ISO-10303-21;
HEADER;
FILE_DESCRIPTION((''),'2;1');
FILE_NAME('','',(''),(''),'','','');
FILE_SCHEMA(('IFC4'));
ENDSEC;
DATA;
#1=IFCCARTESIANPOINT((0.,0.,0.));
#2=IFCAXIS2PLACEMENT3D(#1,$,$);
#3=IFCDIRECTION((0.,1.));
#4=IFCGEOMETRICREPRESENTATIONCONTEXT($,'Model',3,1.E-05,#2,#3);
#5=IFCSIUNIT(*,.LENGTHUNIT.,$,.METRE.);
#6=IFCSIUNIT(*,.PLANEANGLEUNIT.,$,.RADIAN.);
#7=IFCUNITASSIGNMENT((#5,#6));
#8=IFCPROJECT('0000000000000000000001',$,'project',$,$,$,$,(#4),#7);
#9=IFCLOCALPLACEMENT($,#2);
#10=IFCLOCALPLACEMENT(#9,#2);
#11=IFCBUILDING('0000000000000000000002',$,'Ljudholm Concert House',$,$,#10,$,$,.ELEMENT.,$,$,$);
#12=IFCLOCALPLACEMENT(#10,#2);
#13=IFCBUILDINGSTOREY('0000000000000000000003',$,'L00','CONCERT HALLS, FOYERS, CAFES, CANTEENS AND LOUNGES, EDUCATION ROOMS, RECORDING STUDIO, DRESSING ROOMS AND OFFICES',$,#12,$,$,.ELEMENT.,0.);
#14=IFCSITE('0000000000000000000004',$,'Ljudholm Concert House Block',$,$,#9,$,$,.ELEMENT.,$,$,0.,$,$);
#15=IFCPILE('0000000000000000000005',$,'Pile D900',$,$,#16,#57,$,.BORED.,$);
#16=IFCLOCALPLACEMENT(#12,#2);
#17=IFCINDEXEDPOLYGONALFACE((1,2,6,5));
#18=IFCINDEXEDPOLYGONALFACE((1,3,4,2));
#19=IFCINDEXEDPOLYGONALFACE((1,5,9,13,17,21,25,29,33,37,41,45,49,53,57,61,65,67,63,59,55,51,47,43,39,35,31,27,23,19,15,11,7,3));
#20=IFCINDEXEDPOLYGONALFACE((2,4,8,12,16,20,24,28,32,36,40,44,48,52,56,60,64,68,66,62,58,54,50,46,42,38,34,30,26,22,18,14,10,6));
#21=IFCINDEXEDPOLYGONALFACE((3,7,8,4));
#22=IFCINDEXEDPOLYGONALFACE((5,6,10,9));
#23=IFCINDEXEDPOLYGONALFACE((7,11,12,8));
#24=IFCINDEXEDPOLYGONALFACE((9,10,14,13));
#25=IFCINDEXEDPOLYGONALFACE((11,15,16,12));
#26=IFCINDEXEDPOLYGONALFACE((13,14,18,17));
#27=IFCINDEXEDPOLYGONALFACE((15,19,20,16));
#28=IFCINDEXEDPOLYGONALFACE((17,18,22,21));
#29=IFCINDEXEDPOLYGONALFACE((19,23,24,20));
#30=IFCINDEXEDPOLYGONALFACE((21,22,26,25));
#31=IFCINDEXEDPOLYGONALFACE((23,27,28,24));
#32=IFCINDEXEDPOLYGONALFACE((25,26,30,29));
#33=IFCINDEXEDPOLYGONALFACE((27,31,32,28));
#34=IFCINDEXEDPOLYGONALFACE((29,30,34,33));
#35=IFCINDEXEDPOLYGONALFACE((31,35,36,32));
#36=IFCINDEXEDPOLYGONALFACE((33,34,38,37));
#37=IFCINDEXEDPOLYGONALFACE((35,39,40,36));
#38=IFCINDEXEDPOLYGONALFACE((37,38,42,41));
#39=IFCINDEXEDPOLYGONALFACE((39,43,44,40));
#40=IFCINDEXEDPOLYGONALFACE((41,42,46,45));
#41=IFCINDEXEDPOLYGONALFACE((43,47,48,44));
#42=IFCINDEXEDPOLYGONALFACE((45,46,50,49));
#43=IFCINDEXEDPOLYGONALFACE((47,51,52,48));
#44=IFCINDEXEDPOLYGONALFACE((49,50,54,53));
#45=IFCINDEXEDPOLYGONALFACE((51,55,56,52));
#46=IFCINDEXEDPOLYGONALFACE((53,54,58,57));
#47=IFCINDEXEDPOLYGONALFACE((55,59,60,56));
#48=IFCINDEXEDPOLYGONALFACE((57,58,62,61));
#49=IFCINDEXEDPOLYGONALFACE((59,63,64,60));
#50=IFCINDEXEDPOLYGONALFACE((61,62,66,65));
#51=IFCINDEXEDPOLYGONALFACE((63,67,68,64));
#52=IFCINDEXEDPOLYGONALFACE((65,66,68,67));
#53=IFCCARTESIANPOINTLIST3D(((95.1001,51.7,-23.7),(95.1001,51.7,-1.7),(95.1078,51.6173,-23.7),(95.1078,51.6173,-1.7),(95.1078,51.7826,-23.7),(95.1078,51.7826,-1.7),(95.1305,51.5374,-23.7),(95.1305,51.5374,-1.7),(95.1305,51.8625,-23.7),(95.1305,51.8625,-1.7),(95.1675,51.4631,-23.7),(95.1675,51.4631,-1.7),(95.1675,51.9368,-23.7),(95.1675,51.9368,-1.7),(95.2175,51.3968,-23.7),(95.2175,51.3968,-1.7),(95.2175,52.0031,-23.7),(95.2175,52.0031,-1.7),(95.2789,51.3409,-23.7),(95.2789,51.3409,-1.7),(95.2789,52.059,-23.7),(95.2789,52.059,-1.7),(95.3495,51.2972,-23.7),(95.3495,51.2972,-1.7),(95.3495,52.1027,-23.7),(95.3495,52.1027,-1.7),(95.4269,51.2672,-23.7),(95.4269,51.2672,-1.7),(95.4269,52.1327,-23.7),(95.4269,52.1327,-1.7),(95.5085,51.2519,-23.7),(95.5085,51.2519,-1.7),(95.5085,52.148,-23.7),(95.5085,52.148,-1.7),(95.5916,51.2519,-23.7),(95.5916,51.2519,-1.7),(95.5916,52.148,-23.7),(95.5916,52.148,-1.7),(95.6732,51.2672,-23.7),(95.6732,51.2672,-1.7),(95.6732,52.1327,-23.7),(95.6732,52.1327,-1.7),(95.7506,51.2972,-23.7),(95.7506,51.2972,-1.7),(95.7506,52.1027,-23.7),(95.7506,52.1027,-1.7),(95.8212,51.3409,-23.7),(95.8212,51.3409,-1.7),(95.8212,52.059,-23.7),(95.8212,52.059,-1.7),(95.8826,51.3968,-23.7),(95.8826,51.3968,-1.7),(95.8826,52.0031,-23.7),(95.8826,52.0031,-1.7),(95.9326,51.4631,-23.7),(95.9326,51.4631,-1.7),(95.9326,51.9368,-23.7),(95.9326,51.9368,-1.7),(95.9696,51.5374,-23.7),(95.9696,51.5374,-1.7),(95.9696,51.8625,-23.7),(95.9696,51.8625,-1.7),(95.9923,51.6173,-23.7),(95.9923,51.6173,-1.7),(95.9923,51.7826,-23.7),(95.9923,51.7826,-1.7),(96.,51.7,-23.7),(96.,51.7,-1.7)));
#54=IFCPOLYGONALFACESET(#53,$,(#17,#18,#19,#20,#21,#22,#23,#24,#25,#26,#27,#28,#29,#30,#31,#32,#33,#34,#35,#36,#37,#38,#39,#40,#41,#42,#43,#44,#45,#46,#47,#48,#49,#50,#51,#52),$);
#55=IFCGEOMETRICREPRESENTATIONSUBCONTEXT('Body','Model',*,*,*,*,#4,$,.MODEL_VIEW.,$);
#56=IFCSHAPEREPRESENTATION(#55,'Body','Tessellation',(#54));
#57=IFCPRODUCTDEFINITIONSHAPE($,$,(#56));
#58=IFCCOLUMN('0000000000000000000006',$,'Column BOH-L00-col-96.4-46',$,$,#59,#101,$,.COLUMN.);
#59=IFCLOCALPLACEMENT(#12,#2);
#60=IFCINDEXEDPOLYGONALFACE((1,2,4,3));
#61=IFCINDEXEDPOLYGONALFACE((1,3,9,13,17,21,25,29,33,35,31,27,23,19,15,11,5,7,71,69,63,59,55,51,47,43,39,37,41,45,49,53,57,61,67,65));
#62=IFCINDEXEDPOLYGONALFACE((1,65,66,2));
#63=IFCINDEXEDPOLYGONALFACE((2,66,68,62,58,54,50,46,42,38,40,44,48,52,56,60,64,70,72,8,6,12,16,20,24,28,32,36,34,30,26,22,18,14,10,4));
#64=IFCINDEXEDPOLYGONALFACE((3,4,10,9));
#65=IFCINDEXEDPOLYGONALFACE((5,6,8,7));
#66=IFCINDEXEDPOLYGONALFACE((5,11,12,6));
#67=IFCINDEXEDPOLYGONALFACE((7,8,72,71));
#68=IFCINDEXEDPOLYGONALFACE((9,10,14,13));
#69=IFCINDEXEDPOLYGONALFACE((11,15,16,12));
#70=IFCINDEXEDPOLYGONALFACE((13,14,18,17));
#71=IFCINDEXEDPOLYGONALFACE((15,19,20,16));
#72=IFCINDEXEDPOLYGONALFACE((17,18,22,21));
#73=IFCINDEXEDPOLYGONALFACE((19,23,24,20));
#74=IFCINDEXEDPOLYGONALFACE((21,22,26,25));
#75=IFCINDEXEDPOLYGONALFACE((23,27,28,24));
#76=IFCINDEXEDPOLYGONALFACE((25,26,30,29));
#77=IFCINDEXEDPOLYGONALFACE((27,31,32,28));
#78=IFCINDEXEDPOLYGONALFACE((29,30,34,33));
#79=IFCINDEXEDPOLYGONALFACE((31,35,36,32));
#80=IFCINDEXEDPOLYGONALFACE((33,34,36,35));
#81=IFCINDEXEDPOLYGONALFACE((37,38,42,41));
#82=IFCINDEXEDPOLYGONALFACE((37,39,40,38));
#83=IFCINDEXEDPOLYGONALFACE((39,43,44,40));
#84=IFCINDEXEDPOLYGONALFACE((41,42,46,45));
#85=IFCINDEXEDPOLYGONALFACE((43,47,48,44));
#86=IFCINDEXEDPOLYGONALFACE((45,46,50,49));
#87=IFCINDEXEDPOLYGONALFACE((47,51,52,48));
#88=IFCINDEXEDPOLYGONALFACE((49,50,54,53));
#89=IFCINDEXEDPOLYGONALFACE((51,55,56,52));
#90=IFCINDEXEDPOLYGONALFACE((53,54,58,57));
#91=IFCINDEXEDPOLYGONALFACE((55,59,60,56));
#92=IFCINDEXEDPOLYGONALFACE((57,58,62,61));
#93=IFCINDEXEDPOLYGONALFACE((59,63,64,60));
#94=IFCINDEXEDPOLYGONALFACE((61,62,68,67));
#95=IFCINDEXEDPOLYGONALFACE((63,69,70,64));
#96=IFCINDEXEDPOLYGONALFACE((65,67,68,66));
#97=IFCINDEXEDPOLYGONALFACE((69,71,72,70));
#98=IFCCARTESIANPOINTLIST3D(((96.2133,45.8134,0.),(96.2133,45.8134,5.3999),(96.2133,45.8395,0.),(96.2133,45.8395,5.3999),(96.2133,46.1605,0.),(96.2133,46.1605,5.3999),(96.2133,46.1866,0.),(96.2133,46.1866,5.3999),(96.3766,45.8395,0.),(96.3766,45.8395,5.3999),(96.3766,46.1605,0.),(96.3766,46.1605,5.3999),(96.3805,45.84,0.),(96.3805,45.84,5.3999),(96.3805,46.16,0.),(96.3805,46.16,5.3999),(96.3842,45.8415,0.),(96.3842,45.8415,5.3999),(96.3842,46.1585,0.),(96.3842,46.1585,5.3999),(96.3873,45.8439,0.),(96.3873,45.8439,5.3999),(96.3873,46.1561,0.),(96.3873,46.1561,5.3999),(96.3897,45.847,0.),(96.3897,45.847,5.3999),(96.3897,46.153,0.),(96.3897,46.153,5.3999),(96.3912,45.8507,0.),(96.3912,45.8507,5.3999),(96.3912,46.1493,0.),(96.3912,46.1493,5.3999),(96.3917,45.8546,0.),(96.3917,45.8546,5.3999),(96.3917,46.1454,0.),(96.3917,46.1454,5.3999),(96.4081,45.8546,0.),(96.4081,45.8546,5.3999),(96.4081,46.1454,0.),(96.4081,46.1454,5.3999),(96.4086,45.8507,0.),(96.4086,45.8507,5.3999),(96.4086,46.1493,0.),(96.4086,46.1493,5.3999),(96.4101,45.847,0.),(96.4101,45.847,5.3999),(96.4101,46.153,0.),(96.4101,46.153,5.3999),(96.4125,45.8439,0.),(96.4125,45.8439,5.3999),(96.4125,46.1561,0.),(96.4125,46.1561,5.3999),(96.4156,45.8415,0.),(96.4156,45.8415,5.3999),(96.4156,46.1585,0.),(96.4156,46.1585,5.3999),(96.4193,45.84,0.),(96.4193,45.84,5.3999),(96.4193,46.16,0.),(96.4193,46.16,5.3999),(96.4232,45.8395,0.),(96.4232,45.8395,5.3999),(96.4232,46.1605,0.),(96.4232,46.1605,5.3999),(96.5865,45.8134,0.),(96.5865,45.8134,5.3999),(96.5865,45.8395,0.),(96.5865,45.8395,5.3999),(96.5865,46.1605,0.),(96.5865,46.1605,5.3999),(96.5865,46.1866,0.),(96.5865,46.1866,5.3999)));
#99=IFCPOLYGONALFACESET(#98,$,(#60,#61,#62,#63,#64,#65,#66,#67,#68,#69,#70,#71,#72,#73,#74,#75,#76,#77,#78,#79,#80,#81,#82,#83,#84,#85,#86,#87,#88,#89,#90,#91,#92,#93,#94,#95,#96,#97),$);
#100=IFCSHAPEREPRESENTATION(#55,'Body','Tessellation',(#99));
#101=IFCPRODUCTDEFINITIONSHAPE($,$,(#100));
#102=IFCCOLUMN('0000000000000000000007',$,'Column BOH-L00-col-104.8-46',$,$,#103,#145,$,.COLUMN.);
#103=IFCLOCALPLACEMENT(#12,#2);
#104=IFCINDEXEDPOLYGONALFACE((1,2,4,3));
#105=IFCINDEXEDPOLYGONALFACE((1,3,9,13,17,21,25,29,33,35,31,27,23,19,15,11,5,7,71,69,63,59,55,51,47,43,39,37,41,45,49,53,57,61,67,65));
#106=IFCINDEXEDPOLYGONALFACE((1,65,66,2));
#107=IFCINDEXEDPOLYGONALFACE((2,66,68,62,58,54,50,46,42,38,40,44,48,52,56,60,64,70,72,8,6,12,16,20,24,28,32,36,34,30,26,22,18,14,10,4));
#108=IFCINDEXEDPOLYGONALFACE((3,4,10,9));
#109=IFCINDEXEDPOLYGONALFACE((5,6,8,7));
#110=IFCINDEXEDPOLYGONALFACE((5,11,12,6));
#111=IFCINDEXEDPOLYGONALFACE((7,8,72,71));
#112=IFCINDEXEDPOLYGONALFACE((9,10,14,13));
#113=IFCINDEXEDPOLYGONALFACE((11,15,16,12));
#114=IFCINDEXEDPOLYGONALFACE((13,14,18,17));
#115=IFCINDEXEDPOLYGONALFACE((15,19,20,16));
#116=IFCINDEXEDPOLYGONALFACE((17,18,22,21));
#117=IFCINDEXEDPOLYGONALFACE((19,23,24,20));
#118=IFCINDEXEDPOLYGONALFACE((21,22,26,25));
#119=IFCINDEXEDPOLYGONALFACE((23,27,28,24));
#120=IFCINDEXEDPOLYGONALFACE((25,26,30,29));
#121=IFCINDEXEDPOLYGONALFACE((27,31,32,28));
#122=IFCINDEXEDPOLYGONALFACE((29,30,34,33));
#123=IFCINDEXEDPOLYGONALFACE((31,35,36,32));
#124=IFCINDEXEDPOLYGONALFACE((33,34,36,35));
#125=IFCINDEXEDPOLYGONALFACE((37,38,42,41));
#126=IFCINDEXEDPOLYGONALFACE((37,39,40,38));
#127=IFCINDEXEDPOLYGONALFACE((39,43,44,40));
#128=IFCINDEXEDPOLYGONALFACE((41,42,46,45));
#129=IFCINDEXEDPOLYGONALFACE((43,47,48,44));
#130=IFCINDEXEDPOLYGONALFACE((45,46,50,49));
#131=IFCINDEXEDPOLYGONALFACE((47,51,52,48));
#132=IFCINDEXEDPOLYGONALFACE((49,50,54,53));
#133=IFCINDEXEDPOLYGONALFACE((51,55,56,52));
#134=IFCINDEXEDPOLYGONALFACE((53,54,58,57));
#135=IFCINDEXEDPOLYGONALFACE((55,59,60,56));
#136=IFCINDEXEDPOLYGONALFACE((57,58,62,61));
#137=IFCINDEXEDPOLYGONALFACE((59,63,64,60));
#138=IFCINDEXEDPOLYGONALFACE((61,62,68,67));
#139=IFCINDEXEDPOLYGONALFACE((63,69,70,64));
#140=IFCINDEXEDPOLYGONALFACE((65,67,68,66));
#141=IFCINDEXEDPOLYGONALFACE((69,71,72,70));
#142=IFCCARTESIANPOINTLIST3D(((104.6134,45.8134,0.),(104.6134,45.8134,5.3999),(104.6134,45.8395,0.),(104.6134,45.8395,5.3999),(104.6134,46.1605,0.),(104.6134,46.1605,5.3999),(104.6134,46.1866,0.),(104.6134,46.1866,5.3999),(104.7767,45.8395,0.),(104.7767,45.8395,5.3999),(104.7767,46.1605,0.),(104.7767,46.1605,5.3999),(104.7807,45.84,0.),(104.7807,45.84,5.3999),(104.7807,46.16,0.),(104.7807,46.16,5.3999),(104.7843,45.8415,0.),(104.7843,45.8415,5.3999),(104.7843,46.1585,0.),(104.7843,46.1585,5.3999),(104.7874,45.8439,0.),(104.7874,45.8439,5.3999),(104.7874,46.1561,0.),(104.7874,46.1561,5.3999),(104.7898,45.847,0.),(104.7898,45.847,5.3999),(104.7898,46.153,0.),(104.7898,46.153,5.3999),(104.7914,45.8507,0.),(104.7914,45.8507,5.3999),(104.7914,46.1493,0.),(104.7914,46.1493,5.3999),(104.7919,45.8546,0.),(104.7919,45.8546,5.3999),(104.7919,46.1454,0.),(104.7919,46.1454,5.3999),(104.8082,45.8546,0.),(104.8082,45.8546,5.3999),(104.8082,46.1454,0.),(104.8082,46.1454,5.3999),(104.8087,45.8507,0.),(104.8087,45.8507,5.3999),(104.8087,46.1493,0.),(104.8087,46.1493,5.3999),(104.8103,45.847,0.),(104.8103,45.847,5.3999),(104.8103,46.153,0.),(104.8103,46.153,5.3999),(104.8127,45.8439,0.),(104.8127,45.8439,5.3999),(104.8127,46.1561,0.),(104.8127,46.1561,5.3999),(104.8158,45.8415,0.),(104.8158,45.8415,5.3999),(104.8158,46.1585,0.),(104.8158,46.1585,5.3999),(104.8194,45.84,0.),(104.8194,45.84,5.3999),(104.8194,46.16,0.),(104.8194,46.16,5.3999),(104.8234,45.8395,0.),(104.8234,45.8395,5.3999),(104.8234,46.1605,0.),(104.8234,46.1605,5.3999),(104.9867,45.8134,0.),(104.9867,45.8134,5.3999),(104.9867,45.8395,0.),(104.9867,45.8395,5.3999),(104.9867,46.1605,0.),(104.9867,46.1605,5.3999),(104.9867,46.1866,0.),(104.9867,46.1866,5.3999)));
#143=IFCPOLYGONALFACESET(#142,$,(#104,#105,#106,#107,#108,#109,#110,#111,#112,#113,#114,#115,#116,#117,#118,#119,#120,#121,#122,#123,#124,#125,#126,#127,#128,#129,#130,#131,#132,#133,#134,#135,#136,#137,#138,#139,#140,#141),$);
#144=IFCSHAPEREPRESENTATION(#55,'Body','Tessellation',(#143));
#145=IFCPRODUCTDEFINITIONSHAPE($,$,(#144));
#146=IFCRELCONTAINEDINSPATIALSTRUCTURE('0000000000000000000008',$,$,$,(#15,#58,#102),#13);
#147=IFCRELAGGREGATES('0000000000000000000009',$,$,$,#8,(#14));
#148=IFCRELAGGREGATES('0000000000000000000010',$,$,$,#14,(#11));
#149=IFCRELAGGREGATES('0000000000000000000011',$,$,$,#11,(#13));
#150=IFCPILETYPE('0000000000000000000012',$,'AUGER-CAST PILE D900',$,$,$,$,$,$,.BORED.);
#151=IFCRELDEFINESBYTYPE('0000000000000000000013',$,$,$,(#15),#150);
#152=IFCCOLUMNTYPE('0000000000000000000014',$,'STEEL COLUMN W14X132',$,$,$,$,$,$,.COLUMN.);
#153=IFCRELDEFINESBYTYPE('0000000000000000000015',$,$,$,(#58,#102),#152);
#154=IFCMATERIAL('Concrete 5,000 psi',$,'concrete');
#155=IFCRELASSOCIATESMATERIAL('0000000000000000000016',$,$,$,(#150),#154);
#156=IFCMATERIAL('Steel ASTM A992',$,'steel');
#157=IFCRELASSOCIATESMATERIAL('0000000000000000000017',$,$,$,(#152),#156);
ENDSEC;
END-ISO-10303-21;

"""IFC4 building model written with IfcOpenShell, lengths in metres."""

from ifc_helpers import new_model, si_unit, direction, frame, origin, origin_2d, place, context, subcontext, project, spatial, circle, i_section, extrude, material, material_profile, profile_set, type_object, element, save


model = new_model("IFC4")

# Units and contexts
model_context = context("Model", 3, precision=1e-05, world=origin(), true_north=direction((0.0, 1.0)))
body_context = subcontext(model_context, "Body", "Model", "MODEL_VIEW")
ifc_project = project(units=[si_unit("LENGTHUNIT", "METRE"), si_unit("PLANEANGLEUNIT", "RADIAN")], contexts=[model_context])

# Site, building, storey
site_placement = place(None, origin())
site = spatial("IfcSite", under=ifc_project, at=site_placement, Name="Ljudholm Concert House Block", CompositionType="ELEMENT", RefElevation=0.0)
building_placement = place(site_placement, origin())
building = spatial("IfcBuilding", under=site, at=building_placement, Name="Ljudholm Concert House", CompositionType="ELEMENT")
storey_placement = place(building_placement, origin())
storey = spatial("IfcBuildingStorey", under=building, at=storey_placement, Name="L00", Description="CONCERT HALLS, FOYERS, CAFES, CANTEENS AND LOUNGES, EDUCATION ROOMS, RECORDING STUDIO, DRESSING ROOMS AND OFFICES", CompositionType="ELEMENT", Elevation=0.0)

# Pile
ifc_material_1 = material(Name="Concrete 5,000 psi", Category="concrete")
ifc_material_profile_1 = material_profile(ifc_material_1, circle(Radius=0.45, at=origin_2d()), Name="AUGER-CAST PILE D900")
ifc_profile_set_1 = profile_set([ifc_material_profile_1], Name="Concrete 5,000 psi")
pile_type_1 = type_object("IfcPileType", Name="AUGER-CAST PILE D900", PredefinedType="BORED", material=ifc_profile_set_1)
for number, where, z_axis, x_axis, name in (
    (1, (95.55, 51.7, -1.7), (0.0, 0.0, -1.0), (1.0, 0.0, 0.0), "Pile D900"),
):
    element("IfcPile", number, at=place(storey_placement, frame(where, z_axis=z_axis, x_axis=x_axis)), inside=storey, type_object=pile_type_1, Name=name, PredefinedType="BORED", context=body_context, shape_type="SweptSolid", body=[
        extrude(circle(Radius=0.45, at=origin_2d()), origin(), (0.0, 0.0, 1.0), 22.0),
    ])

# Columns
ifc_material_2 = material(Name="Steel ASTM A992", Category="steel")
ifc_material_profile_2 = material_profile(ifc_material_2, i_section(OverallWidth=0.3733, OverallDepth=0.3733, WebThickness=0.0164, FlangeThickness=0.0261, FilletRadius=0.0151, at=origin_2d()), Name="W14X132")
ifc_profile_set_2 = profile_set([ifc_material_profile_2], Name="Steel ASTM A992")
column_type = type_object("IfcColumnType", Name="STEEL COLUMN W14X132", PredefinedType="COLUMN", material=ifc_profile_set_2)
for number, where, z_axis, x_axis, name in (
    (2, (96.3999, 46.0, 0.0), (0.0, 0.0, 1.0), (1.0, 0.0, 0.0), "Column BOH-L00-col-96.4-46"),
    (3, (104.8, 46.0, 0.0), (0.0, 0.0, 1.0), (1.0, 0.0, 0.0), "Column BOH-L00-col-104.8-46"),
):
    element("IfcColumn", number, at=place(storey_placement, frame(where, z_axis=z_axis, x_axis=x_axis)), inside=storey, type_object=column_type, Name=name, PredefinedType="COLUMN", context=body_context, shape_type="SweptSolid", body=[
        extrude(i_section(OverallWidth=0.3733, OverallDepth=0.3733, WebThickness=0.0164, FlangeThickness=0.0261, FilletRadius=0.0151, at=origin_2d()), origin(), (0.0, 0.0, 1.0), 5.3999),
    ])

save(model, "model.ifc")
